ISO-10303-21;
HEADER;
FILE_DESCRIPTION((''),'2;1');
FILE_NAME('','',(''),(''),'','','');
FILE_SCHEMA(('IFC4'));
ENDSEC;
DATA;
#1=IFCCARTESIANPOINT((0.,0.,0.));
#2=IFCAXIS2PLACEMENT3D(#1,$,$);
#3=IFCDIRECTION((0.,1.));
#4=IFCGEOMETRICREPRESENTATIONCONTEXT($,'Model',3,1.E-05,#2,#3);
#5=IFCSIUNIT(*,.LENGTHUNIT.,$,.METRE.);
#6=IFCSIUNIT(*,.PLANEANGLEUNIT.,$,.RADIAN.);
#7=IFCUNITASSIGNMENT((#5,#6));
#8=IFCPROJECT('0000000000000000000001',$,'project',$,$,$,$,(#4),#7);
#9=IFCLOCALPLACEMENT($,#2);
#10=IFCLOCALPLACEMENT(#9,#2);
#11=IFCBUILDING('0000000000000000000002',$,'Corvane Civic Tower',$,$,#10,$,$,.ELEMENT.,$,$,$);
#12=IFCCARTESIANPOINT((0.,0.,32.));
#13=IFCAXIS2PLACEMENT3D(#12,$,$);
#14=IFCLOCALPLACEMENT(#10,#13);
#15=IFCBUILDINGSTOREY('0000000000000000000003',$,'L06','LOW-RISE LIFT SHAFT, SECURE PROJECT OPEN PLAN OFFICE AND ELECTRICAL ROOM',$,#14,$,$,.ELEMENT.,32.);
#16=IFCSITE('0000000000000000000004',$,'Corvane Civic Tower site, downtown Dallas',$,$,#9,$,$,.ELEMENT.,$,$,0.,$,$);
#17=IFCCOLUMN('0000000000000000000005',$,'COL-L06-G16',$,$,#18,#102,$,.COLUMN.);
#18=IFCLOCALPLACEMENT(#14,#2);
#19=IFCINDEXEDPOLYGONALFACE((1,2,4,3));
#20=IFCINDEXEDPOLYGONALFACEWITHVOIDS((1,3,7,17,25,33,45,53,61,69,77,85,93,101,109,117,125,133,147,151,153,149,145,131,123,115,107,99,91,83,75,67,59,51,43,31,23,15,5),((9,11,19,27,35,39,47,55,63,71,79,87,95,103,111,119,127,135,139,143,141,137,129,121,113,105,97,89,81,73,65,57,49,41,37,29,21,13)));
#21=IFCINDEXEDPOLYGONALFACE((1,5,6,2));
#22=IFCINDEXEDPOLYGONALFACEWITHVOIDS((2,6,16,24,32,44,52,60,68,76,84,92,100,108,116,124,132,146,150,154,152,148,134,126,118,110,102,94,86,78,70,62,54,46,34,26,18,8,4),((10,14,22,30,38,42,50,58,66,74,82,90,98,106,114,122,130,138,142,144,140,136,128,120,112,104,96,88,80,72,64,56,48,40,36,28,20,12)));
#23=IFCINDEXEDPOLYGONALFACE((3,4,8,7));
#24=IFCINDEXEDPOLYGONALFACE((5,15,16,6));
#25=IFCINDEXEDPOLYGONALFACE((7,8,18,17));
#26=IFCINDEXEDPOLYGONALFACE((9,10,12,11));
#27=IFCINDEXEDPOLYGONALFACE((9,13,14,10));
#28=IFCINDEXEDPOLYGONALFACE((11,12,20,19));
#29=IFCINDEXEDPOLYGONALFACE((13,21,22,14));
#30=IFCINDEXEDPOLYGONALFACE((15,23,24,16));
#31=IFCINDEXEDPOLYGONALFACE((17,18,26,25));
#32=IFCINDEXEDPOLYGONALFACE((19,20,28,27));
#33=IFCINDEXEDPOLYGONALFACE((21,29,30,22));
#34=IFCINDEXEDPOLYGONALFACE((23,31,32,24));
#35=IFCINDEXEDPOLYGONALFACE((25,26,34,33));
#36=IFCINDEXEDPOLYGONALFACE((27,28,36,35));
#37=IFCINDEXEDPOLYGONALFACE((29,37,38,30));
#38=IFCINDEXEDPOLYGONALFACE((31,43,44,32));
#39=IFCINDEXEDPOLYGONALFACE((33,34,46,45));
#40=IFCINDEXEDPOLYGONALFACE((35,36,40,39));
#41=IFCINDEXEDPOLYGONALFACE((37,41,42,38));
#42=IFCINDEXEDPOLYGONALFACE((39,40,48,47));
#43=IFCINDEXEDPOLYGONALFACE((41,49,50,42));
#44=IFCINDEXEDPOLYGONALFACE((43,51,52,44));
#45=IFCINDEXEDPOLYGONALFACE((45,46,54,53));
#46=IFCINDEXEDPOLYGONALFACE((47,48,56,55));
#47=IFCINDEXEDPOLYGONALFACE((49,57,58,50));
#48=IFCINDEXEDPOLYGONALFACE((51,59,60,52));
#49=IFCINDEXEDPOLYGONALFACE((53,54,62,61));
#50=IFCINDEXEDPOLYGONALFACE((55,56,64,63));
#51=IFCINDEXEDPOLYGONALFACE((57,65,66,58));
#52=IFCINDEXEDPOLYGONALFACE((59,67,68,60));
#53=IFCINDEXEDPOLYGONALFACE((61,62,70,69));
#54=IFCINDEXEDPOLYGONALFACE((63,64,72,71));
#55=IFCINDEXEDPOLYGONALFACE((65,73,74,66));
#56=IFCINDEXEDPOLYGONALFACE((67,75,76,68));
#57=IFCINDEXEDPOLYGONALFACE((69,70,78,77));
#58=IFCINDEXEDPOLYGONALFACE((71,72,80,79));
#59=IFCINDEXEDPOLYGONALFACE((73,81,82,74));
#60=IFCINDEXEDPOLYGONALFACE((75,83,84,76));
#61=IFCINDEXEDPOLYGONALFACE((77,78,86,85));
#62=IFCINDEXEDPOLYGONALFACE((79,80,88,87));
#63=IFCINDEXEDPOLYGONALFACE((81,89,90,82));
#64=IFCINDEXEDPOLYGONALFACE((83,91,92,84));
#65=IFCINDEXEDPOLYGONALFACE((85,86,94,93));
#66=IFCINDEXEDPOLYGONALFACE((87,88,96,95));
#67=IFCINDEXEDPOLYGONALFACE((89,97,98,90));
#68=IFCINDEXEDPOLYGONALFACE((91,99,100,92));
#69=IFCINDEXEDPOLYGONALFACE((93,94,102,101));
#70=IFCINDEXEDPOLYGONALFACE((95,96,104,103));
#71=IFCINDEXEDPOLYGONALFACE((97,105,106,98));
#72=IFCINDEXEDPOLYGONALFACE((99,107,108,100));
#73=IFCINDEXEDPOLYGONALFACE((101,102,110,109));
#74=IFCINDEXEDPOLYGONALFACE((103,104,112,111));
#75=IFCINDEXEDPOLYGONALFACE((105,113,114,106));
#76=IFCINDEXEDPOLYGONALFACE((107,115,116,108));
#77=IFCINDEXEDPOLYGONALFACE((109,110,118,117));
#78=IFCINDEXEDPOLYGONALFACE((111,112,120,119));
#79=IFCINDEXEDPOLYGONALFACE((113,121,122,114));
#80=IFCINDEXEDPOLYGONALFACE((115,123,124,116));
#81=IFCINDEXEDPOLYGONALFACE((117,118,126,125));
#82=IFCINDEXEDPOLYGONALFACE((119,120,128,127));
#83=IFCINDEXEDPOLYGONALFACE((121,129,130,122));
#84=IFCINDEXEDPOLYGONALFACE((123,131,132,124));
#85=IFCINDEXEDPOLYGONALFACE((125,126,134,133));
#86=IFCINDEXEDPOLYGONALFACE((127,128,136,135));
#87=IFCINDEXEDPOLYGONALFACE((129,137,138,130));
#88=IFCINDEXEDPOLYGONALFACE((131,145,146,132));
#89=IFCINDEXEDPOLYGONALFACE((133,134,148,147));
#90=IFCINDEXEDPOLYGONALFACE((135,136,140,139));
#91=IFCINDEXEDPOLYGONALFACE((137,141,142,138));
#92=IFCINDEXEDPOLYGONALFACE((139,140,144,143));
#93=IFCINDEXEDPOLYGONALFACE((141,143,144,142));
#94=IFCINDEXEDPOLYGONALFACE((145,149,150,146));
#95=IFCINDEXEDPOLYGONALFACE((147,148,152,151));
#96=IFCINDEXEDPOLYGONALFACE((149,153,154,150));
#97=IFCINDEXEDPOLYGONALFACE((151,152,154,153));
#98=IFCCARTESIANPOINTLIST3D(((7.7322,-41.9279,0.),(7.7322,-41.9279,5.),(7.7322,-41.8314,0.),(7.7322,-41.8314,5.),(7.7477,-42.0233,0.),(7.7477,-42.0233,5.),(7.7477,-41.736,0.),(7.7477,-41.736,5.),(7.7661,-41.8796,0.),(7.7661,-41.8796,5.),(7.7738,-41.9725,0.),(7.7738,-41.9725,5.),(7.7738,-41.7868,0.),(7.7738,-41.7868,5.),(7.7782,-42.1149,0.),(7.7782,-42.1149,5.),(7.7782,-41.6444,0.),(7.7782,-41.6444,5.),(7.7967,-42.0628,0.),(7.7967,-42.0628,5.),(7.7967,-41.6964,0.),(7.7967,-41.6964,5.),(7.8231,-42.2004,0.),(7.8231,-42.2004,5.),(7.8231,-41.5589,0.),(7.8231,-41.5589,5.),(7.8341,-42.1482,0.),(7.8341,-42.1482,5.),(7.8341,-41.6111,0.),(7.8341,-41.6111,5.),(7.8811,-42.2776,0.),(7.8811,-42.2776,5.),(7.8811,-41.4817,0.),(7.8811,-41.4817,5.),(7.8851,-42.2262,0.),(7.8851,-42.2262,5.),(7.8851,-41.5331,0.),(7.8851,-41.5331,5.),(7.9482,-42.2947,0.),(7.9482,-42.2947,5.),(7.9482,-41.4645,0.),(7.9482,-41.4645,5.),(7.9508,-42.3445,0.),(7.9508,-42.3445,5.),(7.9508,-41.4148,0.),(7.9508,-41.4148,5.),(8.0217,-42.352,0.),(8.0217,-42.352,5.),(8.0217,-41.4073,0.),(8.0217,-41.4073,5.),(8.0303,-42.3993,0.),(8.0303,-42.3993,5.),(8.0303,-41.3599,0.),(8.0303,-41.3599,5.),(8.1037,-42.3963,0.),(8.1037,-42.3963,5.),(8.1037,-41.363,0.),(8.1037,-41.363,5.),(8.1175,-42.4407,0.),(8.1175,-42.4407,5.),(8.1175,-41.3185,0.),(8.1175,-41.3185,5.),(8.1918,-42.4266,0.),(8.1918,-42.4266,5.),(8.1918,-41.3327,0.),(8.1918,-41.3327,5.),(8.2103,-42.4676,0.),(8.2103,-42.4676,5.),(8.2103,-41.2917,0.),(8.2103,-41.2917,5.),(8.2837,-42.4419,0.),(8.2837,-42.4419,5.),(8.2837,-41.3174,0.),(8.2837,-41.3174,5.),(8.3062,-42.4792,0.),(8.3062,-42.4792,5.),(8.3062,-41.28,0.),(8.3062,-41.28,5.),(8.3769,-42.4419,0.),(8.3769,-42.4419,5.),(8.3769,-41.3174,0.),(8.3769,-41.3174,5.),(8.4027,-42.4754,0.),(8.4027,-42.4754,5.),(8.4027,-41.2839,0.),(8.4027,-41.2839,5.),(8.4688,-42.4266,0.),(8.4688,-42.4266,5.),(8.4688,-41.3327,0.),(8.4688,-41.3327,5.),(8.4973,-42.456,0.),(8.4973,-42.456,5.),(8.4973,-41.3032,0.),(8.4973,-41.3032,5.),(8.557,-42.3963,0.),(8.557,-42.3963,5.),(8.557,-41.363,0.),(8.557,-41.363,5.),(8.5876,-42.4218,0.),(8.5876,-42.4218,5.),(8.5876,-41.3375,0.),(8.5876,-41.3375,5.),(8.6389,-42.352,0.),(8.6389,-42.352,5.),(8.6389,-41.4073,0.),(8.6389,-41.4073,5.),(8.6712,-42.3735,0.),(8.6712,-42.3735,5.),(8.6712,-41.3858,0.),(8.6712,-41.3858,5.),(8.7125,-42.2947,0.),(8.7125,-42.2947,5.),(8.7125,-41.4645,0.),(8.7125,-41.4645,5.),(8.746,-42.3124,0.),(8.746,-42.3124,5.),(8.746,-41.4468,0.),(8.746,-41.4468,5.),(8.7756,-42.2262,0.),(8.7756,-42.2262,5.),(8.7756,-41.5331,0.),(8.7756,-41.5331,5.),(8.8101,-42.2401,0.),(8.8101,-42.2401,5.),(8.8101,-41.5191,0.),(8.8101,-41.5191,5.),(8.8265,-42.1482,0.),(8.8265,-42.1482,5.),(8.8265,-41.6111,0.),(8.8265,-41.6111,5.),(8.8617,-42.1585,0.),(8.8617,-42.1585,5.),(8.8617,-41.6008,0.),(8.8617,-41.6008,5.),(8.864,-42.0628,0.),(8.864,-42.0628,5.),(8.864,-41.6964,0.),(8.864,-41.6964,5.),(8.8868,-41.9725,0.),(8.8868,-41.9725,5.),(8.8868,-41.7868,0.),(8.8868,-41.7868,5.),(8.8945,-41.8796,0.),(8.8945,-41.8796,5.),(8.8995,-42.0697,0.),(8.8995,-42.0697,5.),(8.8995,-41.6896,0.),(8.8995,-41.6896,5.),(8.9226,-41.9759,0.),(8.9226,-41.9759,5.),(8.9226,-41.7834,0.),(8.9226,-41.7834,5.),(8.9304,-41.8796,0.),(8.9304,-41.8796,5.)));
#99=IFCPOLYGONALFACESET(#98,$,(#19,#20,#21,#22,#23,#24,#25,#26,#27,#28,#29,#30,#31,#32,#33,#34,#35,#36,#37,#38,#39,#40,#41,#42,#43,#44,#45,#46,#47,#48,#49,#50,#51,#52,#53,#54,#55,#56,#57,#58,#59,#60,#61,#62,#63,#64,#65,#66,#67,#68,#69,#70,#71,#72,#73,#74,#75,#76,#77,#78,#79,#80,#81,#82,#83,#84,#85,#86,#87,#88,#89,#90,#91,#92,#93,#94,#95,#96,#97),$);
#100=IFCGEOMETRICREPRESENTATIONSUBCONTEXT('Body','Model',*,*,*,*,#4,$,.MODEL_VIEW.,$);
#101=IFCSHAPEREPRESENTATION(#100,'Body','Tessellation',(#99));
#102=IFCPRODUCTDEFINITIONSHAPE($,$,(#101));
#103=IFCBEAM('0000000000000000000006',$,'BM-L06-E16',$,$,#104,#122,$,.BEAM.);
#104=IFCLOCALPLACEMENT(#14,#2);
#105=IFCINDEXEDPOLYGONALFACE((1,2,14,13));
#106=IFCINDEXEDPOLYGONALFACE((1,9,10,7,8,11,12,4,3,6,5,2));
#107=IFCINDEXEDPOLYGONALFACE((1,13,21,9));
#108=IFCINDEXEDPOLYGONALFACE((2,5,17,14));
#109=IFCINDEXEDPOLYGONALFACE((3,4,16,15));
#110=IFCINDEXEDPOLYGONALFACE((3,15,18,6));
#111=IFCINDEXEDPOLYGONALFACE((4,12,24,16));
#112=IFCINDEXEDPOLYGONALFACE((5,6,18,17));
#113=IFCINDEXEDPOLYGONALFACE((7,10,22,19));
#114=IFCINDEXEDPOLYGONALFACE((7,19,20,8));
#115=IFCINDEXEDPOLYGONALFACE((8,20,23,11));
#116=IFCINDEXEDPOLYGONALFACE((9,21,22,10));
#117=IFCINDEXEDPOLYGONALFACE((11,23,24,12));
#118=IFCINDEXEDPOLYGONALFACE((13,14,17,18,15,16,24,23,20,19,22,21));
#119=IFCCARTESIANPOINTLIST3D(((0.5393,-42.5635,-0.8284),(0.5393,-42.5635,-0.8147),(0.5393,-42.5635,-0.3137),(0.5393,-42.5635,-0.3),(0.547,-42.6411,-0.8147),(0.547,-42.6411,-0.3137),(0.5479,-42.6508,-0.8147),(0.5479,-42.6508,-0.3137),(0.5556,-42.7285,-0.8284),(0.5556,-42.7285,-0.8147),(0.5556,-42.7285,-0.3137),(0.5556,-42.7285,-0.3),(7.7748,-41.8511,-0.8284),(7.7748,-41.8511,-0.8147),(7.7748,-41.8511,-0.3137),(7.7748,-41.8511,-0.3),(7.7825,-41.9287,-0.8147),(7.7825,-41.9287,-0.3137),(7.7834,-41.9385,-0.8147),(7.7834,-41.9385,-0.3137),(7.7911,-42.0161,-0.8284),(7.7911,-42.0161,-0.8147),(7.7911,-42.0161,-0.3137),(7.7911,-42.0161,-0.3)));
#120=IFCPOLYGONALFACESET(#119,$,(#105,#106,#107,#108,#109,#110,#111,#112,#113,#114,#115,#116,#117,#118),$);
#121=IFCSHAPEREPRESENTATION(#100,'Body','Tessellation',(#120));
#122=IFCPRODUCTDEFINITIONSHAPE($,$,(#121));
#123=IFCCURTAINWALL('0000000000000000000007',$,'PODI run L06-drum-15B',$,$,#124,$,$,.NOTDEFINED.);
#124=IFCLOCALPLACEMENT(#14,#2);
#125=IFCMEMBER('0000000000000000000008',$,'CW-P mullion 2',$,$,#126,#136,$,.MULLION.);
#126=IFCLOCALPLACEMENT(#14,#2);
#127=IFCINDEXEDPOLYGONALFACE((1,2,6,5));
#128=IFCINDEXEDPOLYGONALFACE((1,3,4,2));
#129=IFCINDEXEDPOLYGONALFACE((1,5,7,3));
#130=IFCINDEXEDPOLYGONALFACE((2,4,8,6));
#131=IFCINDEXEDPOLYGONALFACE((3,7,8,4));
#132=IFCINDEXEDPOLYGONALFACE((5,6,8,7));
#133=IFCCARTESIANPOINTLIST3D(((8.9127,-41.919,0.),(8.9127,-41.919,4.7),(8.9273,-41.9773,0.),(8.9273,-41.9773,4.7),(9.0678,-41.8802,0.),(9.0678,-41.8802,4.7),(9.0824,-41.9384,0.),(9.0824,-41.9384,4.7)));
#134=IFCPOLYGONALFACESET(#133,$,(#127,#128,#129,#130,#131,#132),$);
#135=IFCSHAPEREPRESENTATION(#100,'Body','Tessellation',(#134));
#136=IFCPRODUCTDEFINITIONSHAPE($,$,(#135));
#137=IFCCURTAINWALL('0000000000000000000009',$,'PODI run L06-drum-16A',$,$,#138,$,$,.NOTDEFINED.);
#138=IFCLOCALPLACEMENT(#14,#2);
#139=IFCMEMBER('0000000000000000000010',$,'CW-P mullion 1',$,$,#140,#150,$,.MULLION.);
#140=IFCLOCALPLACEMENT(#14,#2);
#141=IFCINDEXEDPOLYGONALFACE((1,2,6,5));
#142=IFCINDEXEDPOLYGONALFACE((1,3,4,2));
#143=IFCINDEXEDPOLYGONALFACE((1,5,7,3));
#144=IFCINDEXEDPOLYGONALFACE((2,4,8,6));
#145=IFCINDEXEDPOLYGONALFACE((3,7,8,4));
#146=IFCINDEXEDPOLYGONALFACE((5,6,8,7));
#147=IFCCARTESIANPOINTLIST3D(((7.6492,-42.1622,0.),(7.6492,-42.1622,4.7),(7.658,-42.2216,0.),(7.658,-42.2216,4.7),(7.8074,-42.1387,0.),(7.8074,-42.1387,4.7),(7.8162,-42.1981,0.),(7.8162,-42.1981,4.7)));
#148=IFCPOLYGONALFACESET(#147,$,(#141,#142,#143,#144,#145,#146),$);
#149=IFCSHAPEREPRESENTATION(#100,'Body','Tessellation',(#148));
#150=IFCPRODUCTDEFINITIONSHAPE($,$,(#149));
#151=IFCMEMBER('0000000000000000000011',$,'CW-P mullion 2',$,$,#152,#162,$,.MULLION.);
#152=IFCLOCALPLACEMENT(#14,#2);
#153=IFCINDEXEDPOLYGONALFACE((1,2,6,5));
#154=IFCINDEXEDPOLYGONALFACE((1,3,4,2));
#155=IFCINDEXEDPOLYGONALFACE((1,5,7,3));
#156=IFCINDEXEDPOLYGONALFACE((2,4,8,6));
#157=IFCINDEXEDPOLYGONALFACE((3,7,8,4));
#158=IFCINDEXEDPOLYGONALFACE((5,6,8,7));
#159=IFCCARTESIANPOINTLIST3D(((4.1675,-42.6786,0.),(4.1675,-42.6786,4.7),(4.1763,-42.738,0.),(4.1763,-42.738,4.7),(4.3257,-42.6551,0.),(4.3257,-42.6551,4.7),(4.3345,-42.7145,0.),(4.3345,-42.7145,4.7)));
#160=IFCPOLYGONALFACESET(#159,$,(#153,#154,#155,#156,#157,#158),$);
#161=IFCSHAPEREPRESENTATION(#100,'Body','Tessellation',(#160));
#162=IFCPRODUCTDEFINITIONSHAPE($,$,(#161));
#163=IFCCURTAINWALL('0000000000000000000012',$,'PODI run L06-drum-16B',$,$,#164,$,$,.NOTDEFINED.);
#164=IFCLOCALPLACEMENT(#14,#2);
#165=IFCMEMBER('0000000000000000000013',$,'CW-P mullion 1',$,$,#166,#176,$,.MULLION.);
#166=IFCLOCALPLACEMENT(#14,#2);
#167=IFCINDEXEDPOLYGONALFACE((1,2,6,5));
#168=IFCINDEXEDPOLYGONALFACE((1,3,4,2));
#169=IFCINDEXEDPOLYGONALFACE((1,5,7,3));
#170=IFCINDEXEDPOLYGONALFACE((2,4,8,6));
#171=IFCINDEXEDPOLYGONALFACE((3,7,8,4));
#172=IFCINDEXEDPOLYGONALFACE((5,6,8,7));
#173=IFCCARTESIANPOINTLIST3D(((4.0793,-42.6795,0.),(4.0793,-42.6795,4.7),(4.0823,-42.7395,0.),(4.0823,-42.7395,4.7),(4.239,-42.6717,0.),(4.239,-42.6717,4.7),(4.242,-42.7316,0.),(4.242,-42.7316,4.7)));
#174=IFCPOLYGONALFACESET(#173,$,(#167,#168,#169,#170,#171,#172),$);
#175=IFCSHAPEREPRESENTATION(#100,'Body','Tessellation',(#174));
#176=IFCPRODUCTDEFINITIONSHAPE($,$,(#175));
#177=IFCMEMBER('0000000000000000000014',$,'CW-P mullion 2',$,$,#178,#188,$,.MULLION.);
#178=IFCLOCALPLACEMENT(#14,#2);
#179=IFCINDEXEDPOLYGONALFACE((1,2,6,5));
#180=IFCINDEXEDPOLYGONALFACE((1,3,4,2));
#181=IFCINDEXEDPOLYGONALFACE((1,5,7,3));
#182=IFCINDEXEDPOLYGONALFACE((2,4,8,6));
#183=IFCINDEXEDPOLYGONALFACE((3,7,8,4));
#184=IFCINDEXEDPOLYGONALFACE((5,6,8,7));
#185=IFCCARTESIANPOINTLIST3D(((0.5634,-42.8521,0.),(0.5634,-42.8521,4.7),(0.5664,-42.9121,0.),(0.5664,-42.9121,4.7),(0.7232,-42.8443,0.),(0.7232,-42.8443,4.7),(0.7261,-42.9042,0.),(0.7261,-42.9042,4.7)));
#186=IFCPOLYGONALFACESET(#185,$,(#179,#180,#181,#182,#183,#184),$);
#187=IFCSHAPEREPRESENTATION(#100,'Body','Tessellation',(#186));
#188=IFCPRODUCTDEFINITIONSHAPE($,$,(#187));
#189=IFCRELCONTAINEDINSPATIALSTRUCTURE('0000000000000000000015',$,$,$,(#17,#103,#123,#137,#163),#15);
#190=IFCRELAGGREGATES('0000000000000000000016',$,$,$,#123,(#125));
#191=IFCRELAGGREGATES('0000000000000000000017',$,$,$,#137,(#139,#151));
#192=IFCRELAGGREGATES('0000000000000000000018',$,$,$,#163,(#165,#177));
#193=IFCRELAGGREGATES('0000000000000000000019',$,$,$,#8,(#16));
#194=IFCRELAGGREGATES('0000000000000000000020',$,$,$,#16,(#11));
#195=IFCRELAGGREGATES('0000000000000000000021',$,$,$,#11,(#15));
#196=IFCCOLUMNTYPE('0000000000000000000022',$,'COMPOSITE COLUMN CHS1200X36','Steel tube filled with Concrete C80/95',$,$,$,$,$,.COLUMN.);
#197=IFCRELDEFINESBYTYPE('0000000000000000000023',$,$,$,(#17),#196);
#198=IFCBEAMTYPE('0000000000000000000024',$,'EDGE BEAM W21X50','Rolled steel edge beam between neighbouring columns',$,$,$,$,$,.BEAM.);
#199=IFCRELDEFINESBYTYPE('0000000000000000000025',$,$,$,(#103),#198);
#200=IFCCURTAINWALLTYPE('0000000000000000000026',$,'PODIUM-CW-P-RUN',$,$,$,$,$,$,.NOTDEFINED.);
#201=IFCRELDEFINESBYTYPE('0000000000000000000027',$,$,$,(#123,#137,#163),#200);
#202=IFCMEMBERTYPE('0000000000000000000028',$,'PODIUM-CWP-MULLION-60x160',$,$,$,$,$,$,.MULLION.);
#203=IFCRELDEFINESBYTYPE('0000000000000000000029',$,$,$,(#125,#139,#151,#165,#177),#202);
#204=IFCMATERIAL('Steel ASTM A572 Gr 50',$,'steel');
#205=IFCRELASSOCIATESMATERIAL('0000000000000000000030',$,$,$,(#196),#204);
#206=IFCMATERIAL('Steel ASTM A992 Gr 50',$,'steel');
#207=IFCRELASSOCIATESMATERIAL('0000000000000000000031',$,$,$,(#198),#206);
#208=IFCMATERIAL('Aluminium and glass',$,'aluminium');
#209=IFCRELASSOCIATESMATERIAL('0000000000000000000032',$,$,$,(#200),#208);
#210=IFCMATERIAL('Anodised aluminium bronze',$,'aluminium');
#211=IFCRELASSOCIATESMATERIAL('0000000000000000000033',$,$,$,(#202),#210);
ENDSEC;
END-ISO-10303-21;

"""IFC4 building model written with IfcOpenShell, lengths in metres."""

from ifc_helpers import new_model, si_unit, direction, frame, origin, origin_2d, place, context, subcontext, project, spatial, rectangle, hollow_circle, i_section, extrude, material, material_profile, profile_set, type_object, element, aggregate, save


model = new_model("IFC4")

# Units and contexts
model_context = context("Model", 3, precision=1e-05, world=origin(), true_north=direction((0.0, 1.0)))
body_context = subcontext(model_context, "Body", "Model", "MODEL_VIEW")
ifc_project = project(units=[si_unit("LENGTHUNIT", "METRE"), si_unit("PLANEANGLEUNIT", "RADIAN")], contexts=[model_context])

# Site, building, storey
site_placement = place(None, origin())
site = spatial("IfcSite", under=ifc_project, at=site_placement, Name="Corvane Civic Tower site, downtown Dallas", CompositionType="ELEMENT", RefElevation=0.0)
building_placement = place(site_placement, origin())
building = spatial("IfcBuilding", under=site, at=building_placement, Name="Corvane Civic Tower", CompositionType="ELEMENT")
storey_placement = place(building_placement, frame((0.0, 0.0, 32.0)))
storey = spatial("IfcBuildingStorey", under=building, at=storey_placement, Name="L06", Description="LOW-RISE LIFT SHAFT, SECURE PROJECT OPEN PLAN OFFICE AND ELECTRICAL ROOM", CompositionType="ELEMENT", Elevation=32.0)

# Column
ifc_material_1 = material(Name="Steel ASTM A572 Gr 50", Category="steel")
ifc_material_profile_1 = material_profile(ifc_material_1, hollow_circle(Radius=0.6001, WallThickness=0.0359, at=origin_2d()), Name="CHS1200X36")
ifc_profile_set_1 = profile_set([ifc_material_profile_1], Name="Steel ASTM A572 Gr 50")
column_type = type_object("IfcColumnType", Name="COMPOSITE COLUMN CHS1200X36", Description="Steel tube filled with Concrete C80/95", PredefinedType="COLUMN", material=ifc_profile_set_1)
column_placement = place(storey_placement, frame((8.3303, -41.8796, 0.0), z_axis=(0.0, 0.0, 1.0), x_axis=(1.0, 0.0, 0.0)))
element("IfcColumn", 1, at=column_placement, inside=storey, type_object=column_type, Name="COL-L06-G16", PredefinedType="COLUMN", context=body_context, shape_type="SweptSolid", body=[
    extrude(hollow_circle(Radius=0.6001, WallThickness=0.0359, at=origin_2d()), origin(), (0.0, 0.0, 1.0), 5.0),
])

# Beam
ifc_material_2 = material(Name="Steel ASTM A992 Gr 50", Category="steel")
ifc_material_profile_2 = material_profile(ifc_material_2, i_section(OverallWidth=0.1658, OverallDepth=0.5283, WebThickness=0.0098, FlangeThickness=0.0137, at=origin_2d()), Name="W21X50")
ifc_profile_set_2 = profile_set([ifc_material_profile_2], Name="Steel ASTM A992 Gr 50")
beam_type = type_object("IfcBeamType", Name="EDGE BEAM W21X50", Description="Rolled steel edge beam between neighbouring columns", PredefinedType="BEAM", material=ifc_profile_set_2)
beam_placement = place(storey_placement, frame((7.783, -41.9336, -0.5642), z_axis=(-0.995188, -0.097984, 0.0), x_axis=(0.097984, -0.995188, 0.0)))
element("IfcBeam", 2, at=beam_placement, inside=storey, type_object=beam_type, Name="BM-L06-E16", PredefinedType="BEAM", context=body_context, shape_type="SweptSolid", body=[
    extrude(i_section(OverallWidth=0.1658, OverallDepth=0.5283, WebThickness=0.0098, FlangeThickness=0.0137, at=origin_2d()), origin(), (0.0, 0.0, 1.0), 7.2705),
])

# Curtain wall, member
ifc_material_3 = material(Name="Aluminium and glass", Category="aluminium")
curtain_wall_type = type_object("IfcCurtainWallType", Name="PODIUM-CW-P-RUN", PredefinedType="NOTDEFINED", material=ifc_material_3)
curtain_wall_1_placement = place(storey_placement, origin())
curtain_wall_1 = element("IfcCurtainWall", 3, at=curtain_wall_1_placement, inside=storey, type_object=curtain_wall_type, Name="PODI run L06-drum-15B", PredefinedType="NOTDEFINED")
ifc_material_4 = material(Name="Anodised aluminium bronze", Category="aluminium")
ifc_material_profile_3 = material_profile(ifc_material_4, rectangle(XDim=0.0601, YDim=0.1599, at=origin_2d()), Name="AL 60x160")
ifc_profile_set_3 = profile_set([ifc_material_profile_3], Name="Anodised aluminium bronze")
member_type_1 = type_object("IfcMemberType", Name="PODIUM-CWP-MULLION-60x160", PredefinedType="MULLION", material=ifc_profile_set_3)
member_1_placement = place(storey_placement, frame((8.9976, -41.9287, 0.0), z_axis=(0.0, 0.0, 1.0), x_axis=(0.243009, -0.970024, 0.0)))
member_1 = element("IfcMember", 4, at=member_1_placement, type_object=member_type_1, Name="CW-P mullion 2", PredefinedType="MULLION", context=body_context, shape_type="SweptSolid", body=[
    extrude(rectangle(XDim=0.0601, YDim=0.1599, at=origin_2d()), origin(), (0.0, 0.0, 1.0), 4.7),
])

# Curtain walls, members
curtain_wall_2_placement = place(storey_placement, origin())
curtain_wall_2 = element("IfcCurtainWall", 5, at=curtain_wall_2_placement, inside=storey, type_object=curtain_wall_type, Name="PODI run L06-drum-16A", PredefinedType="NOTDEFINED")
member_2_placement = place(storey_placement, frame((7.7327, -42.1802, 0.0), z_axis=(0.0, 0.0, 1.0), x_axis=(0.146715, -0.989179, 0.0)))
member_2 = element("IfcMember", 6, at=member_2_placement, type_object=member_type_1, Name="CW-P mullion 1", PredefinedType="MULLION", context=body_context, shape_type="SweptSolid", body=[
    extrude(rectangle(XDim=0.0601, YDim=0.1599, at=origin_2d()), origin(), (0.0, 0.0, 1.0), 4.7),
])
member_3_placement = place(storey_placement, frame((4.251, -42.6965, 0.0), z_axis=(0.0, 0.0, 1.0), x_axis=(0.146715, -0.989179, 0.0)))
member_3 = element("IfcMember", 7, at=member_3_placement, type_object=member_type_1, Name="CW-P mullion 2", PredefinedType="MULLION", context=body_context, shape_type="SweptSolid", body=[
    extrude(rectangle(XDim=0.0601, YDim=0.1599, at=origin_2d()), origin(), (0.0, 0.0, 1.0), 4.7),
])
curtain_wall_3_placement = place(storey_placement, origin())
curtain_wall_3 = element("IfcCurtainWall", 8, at=curtain_wall_3_placement, inside=storey, type_object=curtain_wall_type, Name="PODI run L06-drum-16B", PredefinedType="NOTDEFINED")
member_4_placement = place(storey_placement, frame((4.1606, -42.7056, 0.0), z_axis=(0.0, 0.0, 1.0), x_axis=(0.04905, -0.998796, 0.0)))
member_4 = element("IfcMember", 9, at=member_4_placement, type_object=member_type_1, Name="CW-P mullion 1", PredefinedType="MULLION", context=body_context, shape_type="SweptSolid", body=[
    extrude(rectangle(XDim=0.0601, YDim=0.1599, at=origin_2d()), origin(), (0.0, 0.0, 1.0), 4.7),
])
member_5_placement = place(storey_placement, frame((0.6448, -42.8782, 0.0), z_axis=(0.0, 0.0, 1.0), x_axis=(0.04905, -0.998796, 0.0)))
member_5 = element("IfcMember", 10, at=member_5_placement, type_object=member_type_1, Name="CW-P mullion 2", PredefinedType="MULLION", context=body_context, shape_type="SweptSolid", body=[
    extrude(rectangle(XDim=0.0601, YDim=0.1599, at=origin_2d()), origin(), (0.0, 0.0, 1.0), 4.7),
])

aggregate(curtain_wall_1, [member_1])
aggregate(curtain_wall_2, [member_2, member_3])
aggregate(curtain_wall_3, [member_4, member_5])

save(model, "model.ifc")
